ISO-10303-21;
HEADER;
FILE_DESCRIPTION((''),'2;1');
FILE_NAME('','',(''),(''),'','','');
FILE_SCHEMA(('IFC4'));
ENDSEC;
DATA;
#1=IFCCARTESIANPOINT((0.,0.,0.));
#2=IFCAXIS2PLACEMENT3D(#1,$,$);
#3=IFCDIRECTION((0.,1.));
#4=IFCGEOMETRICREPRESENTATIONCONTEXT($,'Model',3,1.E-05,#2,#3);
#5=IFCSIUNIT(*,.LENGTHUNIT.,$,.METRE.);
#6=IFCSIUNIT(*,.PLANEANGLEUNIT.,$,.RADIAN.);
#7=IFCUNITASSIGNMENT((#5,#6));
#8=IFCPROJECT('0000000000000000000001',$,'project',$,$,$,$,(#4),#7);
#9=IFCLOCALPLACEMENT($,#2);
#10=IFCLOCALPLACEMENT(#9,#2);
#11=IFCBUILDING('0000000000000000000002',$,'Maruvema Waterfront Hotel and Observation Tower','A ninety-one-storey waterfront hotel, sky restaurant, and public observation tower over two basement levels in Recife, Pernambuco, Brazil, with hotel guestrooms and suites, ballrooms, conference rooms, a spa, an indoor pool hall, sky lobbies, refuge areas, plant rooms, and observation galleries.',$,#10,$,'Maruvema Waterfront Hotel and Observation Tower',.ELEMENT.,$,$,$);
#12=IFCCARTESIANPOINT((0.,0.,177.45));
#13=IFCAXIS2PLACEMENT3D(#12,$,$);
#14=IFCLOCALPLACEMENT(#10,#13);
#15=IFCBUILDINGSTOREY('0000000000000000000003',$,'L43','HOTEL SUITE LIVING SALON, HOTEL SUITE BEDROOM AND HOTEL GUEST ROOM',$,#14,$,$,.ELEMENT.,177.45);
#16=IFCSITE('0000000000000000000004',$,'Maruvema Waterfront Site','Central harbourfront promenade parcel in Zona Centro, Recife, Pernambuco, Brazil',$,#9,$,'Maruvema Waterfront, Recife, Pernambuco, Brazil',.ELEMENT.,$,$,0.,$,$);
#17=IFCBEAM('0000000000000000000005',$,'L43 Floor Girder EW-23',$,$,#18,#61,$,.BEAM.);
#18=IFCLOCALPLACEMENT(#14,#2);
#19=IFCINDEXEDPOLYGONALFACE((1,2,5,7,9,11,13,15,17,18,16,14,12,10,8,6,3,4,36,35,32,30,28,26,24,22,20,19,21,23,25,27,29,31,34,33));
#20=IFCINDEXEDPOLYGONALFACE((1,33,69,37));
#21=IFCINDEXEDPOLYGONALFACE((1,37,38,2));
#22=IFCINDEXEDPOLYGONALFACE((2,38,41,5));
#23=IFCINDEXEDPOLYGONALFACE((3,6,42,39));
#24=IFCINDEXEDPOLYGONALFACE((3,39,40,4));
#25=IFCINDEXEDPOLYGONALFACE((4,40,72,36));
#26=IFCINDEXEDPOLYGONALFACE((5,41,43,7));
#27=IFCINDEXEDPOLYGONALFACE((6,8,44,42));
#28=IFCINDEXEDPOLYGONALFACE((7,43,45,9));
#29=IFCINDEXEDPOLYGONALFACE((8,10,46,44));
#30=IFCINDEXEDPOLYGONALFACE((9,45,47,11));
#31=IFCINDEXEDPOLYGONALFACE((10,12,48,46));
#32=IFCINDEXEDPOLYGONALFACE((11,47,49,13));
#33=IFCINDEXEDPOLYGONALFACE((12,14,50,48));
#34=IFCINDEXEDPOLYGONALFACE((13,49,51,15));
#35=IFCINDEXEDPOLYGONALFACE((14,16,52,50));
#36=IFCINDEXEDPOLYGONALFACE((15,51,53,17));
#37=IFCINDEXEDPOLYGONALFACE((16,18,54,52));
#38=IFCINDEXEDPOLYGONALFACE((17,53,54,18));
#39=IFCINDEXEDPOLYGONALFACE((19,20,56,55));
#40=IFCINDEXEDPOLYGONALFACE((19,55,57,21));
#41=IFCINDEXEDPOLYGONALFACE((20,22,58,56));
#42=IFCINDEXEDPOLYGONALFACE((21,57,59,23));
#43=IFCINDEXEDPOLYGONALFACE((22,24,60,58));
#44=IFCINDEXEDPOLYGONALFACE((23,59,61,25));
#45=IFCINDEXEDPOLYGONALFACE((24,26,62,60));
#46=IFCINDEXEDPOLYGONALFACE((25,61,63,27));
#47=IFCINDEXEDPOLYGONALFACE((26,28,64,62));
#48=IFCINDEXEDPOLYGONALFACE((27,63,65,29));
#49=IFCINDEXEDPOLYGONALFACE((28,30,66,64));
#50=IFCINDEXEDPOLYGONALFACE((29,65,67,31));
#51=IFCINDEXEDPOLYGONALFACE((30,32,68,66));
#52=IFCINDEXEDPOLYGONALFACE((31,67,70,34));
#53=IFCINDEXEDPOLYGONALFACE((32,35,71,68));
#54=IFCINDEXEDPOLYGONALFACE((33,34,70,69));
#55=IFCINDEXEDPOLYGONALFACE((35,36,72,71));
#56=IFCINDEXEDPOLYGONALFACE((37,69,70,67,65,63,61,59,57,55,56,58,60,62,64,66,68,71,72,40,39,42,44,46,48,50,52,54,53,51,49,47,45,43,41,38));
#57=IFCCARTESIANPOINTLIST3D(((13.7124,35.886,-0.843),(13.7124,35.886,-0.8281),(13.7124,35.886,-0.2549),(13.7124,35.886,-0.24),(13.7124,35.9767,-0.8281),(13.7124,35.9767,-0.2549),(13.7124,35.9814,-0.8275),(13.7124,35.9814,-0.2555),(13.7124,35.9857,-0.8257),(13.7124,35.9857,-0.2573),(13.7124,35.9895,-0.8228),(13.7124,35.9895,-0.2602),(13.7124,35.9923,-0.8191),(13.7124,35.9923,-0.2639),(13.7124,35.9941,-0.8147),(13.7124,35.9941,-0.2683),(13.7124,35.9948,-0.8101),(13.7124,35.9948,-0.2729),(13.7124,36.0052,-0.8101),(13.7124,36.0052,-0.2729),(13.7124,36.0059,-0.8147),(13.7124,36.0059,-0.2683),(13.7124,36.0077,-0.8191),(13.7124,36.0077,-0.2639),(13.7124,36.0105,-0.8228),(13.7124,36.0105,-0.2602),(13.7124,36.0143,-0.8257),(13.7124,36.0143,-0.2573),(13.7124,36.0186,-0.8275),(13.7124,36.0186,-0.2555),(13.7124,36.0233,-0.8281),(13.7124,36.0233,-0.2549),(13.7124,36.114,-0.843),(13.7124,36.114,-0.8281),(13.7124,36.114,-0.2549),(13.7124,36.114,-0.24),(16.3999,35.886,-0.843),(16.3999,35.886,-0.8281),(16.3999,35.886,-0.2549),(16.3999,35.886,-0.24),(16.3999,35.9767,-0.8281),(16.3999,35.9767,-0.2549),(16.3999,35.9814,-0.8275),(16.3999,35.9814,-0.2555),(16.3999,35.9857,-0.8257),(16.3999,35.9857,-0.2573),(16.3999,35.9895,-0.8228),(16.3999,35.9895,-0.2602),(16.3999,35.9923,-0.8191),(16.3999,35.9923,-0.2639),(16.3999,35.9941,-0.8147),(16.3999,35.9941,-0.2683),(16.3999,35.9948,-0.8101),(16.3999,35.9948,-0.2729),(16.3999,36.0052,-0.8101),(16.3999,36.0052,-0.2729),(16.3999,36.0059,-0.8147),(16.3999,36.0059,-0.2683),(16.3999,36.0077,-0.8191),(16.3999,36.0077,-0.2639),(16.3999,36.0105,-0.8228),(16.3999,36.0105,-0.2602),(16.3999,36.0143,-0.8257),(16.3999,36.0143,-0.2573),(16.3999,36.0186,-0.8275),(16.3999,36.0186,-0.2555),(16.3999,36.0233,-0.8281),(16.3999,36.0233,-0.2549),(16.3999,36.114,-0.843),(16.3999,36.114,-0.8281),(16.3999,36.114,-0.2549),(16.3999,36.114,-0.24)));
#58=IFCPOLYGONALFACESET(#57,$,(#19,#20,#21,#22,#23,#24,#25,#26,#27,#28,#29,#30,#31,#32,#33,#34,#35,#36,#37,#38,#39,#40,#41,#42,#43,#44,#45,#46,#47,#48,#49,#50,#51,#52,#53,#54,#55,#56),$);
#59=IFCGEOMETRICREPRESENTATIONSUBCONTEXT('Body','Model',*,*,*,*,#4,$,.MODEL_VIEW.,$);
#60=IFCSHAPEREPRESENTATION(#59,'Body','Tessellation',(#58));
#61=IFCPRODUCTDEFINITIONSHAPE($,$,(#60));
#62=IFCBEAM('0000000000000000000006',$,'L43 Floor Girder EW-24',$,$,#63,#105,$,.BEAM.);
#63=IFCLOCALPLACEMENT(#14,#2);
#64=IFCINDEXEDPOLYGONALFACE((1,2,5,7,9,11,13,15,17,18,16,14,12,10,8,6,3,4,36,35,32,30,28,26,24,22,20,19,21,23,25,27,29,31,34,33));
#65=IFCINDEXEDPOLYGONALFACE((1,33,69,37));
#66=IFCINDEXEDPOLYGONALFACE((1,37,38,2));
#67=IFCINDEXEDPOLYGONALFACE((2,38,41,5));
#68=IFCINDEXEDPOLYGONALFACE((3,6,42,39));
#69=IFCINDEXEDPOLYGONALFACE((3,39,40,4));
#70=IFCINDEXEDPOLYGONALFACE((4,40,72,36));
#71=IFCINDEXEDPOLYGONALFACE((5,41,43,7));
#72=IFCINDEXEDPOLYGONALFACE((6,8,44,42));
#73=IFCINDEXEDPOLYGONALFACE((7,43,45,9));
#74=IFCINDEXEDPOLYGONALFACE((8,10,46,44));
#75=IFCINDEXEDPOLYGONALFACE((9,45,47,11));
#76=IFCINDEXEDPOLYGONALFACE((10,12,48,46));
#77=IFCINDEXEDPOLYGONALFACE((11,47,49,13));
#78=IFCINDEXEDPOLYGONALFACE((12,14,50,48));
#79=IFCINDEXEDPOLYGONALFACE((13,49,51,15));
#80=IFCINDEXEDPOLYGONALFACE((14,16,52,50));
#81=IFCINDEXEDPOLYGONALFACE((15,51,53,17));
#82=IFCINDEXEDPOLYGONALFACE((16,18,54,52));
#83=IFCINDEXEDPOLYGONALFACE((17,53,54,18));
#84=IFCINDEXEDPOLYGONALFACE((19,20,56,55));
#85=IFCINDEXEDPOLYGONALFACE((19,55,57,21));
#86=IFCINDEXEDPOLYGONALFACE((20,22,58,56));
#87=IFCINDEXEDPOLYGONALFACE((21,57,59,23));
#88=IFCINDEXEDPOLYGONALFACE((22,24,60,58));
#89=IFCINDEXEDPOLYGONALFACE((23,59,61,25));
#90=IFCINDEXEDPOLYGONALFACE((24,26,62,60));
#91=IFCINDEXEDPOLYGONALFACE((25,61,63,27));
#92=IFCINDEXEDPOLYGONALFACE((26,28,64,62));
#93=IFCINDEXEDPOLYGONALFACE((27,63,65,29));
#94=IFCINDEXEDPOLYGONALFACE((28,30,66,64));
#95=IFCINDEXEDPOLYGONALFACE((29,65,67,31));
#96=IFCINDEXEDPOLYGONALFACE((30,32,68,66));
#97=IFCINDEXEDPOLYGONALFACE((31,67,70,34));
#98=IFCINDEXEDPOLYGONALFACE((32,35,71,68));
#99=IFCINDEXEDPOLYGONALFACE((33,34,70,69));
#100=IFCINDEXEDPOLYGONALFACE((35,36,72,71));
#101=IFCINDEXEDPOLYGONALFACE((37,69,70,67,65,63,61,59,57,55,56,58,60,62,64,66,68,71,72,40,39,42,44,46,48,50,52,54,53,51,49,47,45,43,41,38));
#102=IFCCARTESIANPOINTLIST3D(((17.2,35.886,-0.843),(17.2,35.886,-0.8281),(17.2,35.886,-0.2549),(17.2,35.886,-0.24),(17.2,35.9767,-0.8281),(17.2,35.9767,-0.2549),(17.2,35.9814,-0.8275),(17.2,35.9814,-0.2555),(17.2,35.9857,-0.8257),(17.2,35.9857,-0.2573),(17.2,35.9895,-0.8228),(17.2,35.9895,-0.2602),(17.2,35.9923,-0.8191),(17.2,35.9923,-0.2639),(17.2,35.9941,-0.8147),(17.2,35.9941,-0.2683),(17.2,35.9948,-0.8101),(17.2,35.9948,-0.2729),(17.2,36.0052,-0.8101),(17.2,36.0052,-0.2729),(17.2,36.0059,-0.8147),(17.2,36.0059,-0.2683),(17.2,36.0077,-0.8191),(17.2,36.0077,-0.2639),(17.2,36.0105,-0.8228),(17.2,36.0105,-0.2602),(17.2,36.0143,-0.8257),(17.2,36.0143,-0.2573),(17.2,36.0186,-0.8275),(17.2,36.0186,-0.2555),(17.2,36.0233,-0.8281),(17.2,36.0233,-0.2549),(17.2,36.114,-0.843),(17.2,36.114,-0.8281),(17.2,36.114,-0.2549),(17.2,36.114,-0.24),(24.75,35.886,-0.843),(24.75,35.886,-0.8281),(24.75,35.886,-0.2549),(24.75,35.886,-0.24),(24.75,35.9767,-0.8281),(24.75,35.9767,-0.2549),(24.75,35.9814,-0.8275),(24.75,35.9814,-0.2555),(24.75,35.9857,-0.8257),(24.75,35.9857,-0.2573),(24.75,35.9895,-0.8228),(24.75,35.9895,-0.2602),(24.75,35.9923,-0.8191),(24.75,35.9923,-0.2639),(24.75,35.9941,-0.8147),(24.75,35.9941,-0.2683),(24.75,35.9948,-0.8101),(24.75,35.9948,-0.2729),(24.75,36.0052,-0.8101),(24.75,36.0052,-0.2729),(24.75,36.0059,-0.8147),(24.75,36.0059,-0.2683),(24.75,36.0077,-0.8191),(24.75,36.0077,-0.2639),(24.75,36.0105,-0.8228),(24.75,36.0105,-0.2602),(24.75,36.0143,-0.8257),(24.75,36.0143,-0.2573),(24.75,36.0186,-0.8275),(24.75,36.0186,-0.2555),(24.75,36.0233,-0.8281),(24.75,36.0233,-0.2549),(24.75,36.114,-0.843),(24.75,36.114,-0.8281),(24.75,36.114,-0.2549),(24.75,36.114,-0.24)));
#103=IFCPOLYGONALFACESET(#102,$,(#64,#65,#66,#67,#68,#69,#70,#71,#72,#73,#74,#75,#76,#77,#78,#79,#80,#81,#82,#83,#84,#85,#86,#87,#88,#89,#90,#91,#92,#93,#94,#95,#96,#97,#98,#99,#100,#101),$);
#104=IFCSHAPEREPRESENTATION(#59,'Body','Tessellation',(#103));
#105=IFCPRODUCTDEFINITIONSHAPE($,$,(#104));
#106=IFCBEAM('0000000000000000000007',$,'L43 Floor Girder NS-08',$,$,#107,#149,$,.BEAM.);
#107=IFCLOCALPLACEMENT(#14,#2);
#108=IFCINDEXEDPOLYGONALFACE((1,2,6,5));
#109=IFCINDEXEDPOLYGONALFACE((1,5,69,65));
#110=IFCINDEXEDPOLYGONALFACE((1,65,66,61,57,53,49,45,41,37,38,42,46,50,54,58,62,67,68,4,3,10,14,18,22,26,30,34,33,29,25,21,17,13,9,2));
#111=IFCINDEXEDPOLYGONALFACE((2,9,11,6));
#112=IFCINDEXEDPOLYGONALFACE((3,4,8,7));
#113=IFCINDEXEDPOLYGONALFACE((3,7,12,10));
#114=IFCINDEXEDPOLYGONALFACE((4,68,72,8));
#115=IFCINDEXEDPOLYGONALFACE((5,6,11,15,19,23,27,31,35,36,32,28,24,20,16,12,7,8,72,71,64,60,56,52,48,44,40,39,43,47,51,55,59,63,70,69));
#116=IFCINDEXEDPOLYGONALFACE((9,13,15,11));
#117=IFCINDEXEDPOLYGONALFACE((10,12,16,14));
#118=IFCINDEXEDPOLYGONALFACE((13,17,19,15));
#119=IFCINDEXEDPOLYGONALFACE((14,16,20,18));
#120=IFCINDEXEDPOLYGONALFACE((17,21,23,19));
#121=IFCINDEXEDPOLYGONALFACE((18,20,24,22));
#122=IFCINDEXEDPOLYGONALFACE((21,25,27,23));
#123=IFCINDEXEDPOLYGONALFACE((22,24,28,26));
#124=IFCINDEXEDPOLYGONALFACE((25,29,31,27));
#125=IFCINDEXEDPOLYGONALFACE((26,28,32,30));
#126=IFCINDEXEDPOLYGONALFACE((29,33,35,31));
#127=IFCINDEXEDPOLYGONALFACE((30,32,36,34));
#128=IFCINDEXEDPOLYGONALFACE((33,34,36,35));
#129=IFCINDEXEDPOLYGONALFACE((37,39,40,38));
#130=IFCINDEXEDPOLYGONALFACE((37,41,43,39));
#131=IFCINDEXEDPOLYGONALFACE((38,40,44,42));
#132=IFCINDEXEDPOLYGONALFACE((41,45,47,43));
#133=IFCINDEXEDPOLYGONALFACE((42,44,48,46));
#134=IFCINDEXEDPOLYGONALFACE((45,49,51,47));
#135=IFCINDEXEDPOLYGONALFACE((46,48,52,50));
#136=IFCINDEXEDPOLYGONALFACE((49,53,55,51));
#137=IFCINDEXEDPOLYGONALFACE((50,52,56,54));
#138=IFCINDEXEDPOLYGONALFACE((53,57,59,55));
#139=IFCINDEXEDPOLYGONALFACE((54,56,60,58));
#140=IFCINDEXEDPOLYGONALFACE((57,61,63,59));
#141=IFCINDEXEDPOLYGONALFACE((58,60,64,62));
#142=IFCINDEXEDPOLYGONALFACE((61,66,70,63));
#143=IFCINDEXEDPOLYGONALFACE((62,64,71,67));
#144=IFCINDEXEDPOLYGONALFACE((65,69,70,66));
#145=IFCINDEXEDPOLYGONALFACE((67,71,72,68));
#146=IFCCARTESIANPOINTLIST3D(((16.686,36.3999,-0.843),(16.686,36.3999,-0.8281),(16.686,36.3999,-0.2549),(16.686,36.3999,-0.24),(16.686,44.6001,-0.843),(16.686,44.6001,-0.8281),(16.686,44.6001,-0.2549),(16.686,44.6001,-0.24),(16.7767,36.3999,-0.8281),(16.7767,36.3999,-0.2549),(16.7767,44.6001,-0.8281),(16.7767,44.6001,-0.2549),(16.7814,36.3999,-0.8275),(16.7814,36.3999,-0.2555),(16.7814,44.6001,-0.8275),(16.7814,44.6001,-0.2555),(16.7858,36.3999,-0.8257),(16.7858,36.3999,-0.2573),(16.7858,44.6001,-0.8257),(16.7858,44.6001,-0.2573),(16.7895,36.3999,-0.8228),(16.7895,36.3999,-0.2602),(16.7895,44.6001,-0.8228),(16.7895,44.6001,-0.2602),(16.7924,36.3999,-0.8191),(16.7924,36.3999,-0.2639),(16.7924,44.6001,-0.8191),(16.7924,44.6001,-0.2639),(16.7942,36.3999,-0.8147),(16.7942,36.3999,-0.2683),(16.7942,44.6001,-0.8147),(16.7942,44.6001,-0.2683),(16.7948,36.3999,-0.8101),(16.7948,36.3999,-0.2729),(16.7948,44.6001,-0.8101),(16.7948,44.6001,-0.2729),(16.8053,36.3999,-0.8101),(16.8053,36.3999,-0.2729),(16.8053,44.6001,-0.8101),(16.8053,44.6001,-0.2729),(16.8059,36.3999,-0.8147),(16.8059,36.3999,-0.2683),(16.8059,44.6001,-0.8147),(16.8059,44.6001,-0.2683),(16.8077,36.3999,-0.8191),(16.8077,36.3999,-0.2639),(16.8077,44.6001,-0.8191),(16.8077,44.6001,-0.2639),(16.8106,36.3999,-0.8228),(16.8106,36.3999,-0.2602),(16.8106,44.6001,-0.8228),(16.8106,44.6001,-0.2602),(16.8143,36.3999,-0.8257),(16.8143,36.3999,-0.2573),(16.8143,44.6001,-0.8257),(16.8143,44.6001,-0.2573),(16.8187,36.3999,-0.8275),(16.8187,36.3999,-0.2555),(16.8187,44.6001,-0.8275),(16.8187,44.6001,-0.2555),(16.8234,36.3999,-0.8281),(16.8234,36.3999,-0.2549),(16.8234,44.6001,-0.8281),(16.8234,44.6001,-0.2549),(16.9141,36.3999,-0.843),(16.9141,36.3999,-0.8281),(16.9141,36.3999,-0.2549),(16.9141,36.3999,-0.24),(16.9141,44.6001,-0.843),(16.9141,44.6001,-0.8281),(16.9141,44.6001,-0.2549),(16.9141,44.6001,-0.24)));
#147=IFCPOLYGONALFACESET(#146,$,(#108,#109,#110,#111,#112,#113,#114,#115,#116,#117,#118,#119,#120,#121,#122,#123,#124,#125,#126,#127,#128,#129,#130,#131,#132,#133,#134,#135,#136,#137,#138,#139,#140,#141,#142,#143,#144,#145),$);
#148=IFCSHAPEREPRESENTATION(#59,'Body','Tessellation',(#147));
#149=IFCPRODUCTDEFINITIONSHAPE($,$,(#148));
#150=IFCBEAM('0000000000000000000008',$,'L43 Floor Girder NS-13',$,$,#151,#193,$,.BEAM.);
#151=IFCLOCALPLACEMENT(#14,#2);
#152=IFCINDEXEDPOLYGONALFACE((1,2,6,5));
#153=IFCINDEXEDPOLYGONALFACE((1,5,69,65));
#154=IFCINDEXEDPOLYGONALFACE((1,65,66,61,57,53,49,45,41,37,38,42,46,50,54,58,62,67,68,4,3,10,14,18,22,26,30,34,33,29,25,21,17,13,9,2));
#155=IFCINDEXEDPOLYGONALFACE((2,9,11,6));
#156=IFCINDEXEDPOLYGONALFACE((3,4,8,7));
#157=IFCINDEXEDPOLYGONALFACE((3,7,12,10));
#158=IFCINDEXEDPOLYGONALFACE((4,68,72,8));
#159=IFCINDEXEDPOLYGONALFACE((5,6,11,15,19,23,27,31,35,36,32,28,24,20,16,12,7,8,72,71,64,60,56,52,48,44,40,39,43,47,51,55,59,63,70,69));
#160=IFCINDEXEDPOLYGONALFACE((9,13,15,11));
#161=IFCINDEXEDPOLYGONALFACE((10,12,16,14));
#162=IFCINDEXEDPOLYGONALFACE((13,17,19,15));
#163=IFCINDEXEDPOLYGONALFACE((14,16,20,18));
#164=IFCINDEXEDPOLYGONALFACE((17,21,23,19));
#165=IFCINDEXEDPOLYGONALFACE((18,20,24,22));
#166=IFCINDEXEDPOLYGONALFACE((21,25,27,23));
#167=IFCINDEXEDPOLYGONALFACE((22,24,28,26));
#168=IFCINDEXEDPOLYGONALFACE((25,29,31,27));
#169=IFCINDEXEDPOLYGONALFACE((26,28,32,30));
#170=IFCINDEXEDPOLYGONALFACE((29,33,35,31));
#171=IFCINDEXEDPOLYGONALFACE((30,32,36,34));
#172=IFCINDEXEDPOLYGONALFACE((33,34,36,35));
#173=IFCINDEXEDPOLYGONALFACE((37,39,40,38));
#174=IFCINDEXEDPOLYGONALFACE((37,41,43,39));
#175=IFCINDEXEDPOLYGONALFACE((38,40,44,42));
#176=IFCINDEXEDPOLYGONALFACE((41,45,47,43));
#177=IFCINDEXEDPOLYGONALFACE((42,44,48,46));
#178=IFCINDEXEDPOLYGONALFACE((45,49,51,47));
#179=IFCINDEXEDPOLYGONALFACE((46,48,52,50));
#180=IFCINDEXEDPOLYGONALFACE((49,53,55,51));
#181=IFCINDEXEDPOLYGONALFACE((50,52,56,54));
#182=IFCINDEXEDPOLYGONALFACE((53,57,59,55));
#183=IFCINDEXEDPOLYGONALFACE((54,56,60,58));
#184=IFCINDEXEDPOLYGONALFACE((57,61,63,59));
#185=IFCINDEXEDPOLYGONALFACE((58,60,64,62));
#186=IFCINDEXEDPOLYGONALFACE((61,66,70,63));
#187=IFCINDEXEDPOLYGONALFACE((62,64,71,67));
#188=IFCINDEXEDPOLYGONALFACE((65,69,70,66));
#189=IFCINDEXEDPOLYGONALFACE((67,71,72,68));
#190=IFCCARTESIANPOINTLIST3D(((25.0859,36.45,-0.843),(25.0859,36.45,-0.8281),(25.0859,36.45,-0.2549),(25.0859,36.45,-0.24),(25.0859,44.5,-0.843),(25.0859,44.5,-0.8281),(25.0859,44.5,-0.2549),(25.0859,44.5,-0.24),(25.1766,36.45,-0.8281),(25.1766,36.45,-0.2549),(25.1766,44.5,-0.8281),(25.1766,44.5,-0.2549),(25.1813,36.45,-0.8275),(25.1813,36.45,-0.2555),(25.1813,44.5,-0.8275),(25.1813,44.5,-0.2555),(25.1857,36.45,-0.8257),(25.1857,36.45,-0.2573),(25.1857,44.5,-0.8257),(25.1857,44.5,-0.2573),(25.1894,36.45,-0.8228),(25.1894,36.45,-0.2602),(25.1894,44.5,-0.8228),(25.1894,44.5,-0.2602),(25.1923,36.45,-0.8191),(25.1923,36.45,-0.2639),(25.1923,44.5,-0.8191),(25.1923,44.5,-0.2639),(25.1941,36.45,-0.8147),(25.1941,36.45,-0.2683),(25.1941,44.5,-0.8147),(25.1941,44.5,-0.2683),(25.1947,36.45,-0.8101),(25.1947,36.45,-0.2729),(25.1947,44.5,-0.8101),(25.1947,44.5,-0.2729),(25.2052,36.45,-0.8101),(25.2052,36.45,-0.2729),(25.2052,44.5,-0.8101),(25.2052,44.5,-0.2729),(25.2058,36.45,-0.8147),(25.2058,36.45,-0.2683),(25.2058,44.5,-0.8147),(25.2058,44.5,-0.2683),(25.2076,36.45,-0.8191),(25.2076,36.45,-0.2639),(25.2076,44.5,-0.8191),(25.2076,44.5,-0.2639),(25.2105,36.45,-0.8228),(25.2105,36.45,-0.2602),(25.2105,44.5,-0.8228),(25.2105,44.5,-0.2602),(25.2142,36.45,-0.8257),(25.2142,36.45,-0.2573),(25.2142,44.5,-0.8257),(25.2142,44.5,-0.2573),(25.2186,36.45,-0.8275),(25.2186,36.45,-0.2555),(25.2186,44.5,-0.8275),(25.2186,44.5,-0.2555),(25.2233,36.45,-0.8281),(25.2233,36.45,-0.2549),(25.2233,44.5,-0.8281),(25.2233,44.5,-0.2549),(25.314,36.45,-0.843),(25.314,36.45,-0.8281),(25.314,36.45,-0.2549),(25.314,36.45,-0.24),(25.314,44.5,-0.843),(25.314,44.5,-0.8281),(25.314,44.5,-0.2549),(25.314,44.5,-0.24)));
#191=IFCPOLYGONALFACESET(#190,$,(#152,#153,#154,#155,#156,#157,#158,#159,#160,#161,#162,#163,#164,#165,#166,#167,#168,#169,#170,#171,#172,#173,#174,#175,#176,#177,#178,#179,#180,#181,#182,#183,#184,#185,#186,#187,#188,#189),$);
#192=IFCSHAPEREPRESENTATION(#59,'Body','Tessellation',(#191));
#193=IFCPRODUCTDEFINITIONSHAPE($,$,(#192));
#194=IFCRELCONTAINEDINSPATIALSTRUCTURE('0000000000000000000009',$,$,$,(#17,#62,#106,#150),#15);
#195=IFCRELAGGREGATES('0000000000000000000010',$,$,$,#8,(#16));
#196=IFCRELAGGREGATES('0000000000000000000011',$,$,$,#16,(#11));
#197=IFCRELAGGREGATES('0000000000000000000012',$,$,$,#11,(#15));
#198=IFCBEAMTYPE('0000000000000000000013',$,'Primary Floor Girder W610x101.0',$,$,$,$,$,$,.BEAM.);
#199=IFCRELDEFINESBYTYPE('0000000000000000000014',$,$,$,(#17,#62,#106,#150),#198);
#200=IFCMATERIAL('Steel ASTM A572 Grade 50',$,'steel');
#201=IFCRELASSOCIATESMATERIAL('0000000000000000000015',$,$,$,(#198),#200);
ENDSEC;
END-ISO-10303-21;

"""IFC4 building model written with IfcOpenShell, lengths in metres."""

from ifc_helpers import new_model, si_unit, direction, frame, origin, origin_2d, place, context, subcontext, project, spatial, i_section, extrude, material, material_profile, profile_set, type_object, element, save


model = new_model("IFC4")

# Units and contexts
model_context = context("Model", 3, precision=1e-05, world=origin(), true_north=direction((0.0, 1.0)))
body_context = subcontext(model_context, "Body", "Model", "MODEL_VIEW")
ifc_project = project(units=[si_unit("LENGTHUNIT", "METRE"), si_unit("PLANEANGLEUNIT", "RADIAN")], contexts=[model_context])

# Site, building, storey
site_placement = place(None, origin())
site = spatial("IfcSite", under=ifc_project, at=site_placement, Name="Maruvema Waterfront Site", Description="Central harbourfront promenade parcel in Zona Centro, Recife, Pernambuco, Brazil", LongName="Maruvema Waterfront, Recife, Pernambuco, Brazil", CompositionType="ELEMENT", RefElevation=0.0)
building_placement = place(site_placement, origin())
building = spatial("IfcBuilding", under=site, at=building_placement, Name="Maruvema Waterfront Hotel and Observation Tower", Description="A ninety-one-storey waterfront hotel, sky restaurant, and public observation tower over two basement levels in Recife, Pernambuco, Brazil, with hotel guestrooms and suites, ballrooms, conference rooms, a spa, an indoor pool hall, sky lobbies, refuge areas, plant rooms, and observation galleries.", LongName="Maruvema Waterfront Hotel and Observation Tower", CompositionType="ELEMENT")
storey_placement = place(building_placement, frame((0.0, 0.0, 177.45)))
storey = spatial("IfcBuildingStorey", under=building, at=storey_placement, Name="L43", Description="HOTEL SUITE LIVING SALON, HOTEL SUITE BEDROOM AND HOTEL GUEST ROOM", CompositionType="ELEMENT", Elevation=177.45)

# Beams
ifc_material_1 = material(Name="Steel ASTM A572 Grade 50", Category="steel")
ifc_material_profile_1 = material_profile(ifc_material_1, i_section(OverallWidth=0.228, OverallDepth=0.603, WebThickness=0.0105, FlangeThickness=0.0149, FilletRadius=0.0181, at=origin_2d()), Name="W610x101.0")
ifc_profile_set_1 = profile_set([ifc_material_profile_1], Name="Steel ASTM A572 Grade 50")
beam_type_1 = type_object("IfcBeamType", Name="Primary Floor Girder W610x101.0", PredefinedType="BEAM", material=ifc_profile_set_1)
beam_1_placement = place(storey_placement, frame((13.7124, 36.0, -0.5415), z_axis=(1.0, 0.0, 0.0), x_axis=(0.0, 1.0, 0.0)))
element("IfcBeam", 1, at=beam_1_placement, inside=storey, type_object=beam_type_1, Name="L43 Floor Girder EW-23", PredefinedType="BEAM", context=body_context, shape_type="SweptSolid", body=[
    extrude(i_section(OverallWidth=0.228, OverallDepth=0.603, WebThickness=0.0105, FlangeThickness=0.0149, FilletRadius=0.0181, at=origin_2d()), origin(), (0.0, 0.0, 1.0), 2.6875),
])
beam_2_placement = place(storey_placement, frame((17.2, 36.0, -0.5415), z_axis=(1.0, 0.0, 0.0), x_axis=(0.0, 1.0, 0.0)))
element("IfcBeam", 2, at=beam_2_placement, inside=storey, type_object=beam_type_1, Name="L43 Floor Girder EW-24", PredefinedType="BEAM", context=body_context, shape_type="SweptSolid", body=[
    extrude(i_section(OverallWidth=0.228, OverallDepth=0.603, WebThickness=0.0105, FlangeThickness=0.0149, FilletRadius=0.0181, at=origin_2d()), origin(), (0.0, 0.0, 1.0), 7.55),
])
beam_3_placement = place(storey_placement, frame((16.8, 36.3999, -0.5415), z_axis=(0.0, 1.0, 0.0), x_axis=(-1.0, 0.0, 0.0)))
element("IfcBeam", 3, at=beam_3_placement, inside=storey, type_object=beam_type_1, Name="L43 Floor Girder NS-08", PredefinedType="BEAM", context=body_context, shape_type="SweptSolid", body=[
    extrude(i_section(OverallWidth=0.228, OverallDepth=0.603, WebThickness=0.0105, FlangeThickness=0.0149, FilletRadius=0.0181, at=origin_2d()), origin(), (0.0, 0.0, 1.0), 8.2002),
])
beam_4_placement = place(storey_placement, frame((25.2, 36.45, -0.5415), z_axis=(0.0, 1.0, 0.0), x_axis=(-1.0, 0.0, 0.0)))
element("IfcBeam", 4, at=beam_4_placement, inside=storey, type_object=beam_type_1, Name="L43 Floor Girder NS-13", PredefinedType="BEAM", context=body_context, shape_type="SweptSolid", body=[
    extrude(i_section(OverallWidth=0.228, OverallDepth=0.603, WebThickness=0.0105, FlangeThickness=0.0149, FilletRadius=0.0181, at=origin_2d()), origin(), (0.0, 0.0, 1.0), 8.05),
])

save(model, "model.ifc")
